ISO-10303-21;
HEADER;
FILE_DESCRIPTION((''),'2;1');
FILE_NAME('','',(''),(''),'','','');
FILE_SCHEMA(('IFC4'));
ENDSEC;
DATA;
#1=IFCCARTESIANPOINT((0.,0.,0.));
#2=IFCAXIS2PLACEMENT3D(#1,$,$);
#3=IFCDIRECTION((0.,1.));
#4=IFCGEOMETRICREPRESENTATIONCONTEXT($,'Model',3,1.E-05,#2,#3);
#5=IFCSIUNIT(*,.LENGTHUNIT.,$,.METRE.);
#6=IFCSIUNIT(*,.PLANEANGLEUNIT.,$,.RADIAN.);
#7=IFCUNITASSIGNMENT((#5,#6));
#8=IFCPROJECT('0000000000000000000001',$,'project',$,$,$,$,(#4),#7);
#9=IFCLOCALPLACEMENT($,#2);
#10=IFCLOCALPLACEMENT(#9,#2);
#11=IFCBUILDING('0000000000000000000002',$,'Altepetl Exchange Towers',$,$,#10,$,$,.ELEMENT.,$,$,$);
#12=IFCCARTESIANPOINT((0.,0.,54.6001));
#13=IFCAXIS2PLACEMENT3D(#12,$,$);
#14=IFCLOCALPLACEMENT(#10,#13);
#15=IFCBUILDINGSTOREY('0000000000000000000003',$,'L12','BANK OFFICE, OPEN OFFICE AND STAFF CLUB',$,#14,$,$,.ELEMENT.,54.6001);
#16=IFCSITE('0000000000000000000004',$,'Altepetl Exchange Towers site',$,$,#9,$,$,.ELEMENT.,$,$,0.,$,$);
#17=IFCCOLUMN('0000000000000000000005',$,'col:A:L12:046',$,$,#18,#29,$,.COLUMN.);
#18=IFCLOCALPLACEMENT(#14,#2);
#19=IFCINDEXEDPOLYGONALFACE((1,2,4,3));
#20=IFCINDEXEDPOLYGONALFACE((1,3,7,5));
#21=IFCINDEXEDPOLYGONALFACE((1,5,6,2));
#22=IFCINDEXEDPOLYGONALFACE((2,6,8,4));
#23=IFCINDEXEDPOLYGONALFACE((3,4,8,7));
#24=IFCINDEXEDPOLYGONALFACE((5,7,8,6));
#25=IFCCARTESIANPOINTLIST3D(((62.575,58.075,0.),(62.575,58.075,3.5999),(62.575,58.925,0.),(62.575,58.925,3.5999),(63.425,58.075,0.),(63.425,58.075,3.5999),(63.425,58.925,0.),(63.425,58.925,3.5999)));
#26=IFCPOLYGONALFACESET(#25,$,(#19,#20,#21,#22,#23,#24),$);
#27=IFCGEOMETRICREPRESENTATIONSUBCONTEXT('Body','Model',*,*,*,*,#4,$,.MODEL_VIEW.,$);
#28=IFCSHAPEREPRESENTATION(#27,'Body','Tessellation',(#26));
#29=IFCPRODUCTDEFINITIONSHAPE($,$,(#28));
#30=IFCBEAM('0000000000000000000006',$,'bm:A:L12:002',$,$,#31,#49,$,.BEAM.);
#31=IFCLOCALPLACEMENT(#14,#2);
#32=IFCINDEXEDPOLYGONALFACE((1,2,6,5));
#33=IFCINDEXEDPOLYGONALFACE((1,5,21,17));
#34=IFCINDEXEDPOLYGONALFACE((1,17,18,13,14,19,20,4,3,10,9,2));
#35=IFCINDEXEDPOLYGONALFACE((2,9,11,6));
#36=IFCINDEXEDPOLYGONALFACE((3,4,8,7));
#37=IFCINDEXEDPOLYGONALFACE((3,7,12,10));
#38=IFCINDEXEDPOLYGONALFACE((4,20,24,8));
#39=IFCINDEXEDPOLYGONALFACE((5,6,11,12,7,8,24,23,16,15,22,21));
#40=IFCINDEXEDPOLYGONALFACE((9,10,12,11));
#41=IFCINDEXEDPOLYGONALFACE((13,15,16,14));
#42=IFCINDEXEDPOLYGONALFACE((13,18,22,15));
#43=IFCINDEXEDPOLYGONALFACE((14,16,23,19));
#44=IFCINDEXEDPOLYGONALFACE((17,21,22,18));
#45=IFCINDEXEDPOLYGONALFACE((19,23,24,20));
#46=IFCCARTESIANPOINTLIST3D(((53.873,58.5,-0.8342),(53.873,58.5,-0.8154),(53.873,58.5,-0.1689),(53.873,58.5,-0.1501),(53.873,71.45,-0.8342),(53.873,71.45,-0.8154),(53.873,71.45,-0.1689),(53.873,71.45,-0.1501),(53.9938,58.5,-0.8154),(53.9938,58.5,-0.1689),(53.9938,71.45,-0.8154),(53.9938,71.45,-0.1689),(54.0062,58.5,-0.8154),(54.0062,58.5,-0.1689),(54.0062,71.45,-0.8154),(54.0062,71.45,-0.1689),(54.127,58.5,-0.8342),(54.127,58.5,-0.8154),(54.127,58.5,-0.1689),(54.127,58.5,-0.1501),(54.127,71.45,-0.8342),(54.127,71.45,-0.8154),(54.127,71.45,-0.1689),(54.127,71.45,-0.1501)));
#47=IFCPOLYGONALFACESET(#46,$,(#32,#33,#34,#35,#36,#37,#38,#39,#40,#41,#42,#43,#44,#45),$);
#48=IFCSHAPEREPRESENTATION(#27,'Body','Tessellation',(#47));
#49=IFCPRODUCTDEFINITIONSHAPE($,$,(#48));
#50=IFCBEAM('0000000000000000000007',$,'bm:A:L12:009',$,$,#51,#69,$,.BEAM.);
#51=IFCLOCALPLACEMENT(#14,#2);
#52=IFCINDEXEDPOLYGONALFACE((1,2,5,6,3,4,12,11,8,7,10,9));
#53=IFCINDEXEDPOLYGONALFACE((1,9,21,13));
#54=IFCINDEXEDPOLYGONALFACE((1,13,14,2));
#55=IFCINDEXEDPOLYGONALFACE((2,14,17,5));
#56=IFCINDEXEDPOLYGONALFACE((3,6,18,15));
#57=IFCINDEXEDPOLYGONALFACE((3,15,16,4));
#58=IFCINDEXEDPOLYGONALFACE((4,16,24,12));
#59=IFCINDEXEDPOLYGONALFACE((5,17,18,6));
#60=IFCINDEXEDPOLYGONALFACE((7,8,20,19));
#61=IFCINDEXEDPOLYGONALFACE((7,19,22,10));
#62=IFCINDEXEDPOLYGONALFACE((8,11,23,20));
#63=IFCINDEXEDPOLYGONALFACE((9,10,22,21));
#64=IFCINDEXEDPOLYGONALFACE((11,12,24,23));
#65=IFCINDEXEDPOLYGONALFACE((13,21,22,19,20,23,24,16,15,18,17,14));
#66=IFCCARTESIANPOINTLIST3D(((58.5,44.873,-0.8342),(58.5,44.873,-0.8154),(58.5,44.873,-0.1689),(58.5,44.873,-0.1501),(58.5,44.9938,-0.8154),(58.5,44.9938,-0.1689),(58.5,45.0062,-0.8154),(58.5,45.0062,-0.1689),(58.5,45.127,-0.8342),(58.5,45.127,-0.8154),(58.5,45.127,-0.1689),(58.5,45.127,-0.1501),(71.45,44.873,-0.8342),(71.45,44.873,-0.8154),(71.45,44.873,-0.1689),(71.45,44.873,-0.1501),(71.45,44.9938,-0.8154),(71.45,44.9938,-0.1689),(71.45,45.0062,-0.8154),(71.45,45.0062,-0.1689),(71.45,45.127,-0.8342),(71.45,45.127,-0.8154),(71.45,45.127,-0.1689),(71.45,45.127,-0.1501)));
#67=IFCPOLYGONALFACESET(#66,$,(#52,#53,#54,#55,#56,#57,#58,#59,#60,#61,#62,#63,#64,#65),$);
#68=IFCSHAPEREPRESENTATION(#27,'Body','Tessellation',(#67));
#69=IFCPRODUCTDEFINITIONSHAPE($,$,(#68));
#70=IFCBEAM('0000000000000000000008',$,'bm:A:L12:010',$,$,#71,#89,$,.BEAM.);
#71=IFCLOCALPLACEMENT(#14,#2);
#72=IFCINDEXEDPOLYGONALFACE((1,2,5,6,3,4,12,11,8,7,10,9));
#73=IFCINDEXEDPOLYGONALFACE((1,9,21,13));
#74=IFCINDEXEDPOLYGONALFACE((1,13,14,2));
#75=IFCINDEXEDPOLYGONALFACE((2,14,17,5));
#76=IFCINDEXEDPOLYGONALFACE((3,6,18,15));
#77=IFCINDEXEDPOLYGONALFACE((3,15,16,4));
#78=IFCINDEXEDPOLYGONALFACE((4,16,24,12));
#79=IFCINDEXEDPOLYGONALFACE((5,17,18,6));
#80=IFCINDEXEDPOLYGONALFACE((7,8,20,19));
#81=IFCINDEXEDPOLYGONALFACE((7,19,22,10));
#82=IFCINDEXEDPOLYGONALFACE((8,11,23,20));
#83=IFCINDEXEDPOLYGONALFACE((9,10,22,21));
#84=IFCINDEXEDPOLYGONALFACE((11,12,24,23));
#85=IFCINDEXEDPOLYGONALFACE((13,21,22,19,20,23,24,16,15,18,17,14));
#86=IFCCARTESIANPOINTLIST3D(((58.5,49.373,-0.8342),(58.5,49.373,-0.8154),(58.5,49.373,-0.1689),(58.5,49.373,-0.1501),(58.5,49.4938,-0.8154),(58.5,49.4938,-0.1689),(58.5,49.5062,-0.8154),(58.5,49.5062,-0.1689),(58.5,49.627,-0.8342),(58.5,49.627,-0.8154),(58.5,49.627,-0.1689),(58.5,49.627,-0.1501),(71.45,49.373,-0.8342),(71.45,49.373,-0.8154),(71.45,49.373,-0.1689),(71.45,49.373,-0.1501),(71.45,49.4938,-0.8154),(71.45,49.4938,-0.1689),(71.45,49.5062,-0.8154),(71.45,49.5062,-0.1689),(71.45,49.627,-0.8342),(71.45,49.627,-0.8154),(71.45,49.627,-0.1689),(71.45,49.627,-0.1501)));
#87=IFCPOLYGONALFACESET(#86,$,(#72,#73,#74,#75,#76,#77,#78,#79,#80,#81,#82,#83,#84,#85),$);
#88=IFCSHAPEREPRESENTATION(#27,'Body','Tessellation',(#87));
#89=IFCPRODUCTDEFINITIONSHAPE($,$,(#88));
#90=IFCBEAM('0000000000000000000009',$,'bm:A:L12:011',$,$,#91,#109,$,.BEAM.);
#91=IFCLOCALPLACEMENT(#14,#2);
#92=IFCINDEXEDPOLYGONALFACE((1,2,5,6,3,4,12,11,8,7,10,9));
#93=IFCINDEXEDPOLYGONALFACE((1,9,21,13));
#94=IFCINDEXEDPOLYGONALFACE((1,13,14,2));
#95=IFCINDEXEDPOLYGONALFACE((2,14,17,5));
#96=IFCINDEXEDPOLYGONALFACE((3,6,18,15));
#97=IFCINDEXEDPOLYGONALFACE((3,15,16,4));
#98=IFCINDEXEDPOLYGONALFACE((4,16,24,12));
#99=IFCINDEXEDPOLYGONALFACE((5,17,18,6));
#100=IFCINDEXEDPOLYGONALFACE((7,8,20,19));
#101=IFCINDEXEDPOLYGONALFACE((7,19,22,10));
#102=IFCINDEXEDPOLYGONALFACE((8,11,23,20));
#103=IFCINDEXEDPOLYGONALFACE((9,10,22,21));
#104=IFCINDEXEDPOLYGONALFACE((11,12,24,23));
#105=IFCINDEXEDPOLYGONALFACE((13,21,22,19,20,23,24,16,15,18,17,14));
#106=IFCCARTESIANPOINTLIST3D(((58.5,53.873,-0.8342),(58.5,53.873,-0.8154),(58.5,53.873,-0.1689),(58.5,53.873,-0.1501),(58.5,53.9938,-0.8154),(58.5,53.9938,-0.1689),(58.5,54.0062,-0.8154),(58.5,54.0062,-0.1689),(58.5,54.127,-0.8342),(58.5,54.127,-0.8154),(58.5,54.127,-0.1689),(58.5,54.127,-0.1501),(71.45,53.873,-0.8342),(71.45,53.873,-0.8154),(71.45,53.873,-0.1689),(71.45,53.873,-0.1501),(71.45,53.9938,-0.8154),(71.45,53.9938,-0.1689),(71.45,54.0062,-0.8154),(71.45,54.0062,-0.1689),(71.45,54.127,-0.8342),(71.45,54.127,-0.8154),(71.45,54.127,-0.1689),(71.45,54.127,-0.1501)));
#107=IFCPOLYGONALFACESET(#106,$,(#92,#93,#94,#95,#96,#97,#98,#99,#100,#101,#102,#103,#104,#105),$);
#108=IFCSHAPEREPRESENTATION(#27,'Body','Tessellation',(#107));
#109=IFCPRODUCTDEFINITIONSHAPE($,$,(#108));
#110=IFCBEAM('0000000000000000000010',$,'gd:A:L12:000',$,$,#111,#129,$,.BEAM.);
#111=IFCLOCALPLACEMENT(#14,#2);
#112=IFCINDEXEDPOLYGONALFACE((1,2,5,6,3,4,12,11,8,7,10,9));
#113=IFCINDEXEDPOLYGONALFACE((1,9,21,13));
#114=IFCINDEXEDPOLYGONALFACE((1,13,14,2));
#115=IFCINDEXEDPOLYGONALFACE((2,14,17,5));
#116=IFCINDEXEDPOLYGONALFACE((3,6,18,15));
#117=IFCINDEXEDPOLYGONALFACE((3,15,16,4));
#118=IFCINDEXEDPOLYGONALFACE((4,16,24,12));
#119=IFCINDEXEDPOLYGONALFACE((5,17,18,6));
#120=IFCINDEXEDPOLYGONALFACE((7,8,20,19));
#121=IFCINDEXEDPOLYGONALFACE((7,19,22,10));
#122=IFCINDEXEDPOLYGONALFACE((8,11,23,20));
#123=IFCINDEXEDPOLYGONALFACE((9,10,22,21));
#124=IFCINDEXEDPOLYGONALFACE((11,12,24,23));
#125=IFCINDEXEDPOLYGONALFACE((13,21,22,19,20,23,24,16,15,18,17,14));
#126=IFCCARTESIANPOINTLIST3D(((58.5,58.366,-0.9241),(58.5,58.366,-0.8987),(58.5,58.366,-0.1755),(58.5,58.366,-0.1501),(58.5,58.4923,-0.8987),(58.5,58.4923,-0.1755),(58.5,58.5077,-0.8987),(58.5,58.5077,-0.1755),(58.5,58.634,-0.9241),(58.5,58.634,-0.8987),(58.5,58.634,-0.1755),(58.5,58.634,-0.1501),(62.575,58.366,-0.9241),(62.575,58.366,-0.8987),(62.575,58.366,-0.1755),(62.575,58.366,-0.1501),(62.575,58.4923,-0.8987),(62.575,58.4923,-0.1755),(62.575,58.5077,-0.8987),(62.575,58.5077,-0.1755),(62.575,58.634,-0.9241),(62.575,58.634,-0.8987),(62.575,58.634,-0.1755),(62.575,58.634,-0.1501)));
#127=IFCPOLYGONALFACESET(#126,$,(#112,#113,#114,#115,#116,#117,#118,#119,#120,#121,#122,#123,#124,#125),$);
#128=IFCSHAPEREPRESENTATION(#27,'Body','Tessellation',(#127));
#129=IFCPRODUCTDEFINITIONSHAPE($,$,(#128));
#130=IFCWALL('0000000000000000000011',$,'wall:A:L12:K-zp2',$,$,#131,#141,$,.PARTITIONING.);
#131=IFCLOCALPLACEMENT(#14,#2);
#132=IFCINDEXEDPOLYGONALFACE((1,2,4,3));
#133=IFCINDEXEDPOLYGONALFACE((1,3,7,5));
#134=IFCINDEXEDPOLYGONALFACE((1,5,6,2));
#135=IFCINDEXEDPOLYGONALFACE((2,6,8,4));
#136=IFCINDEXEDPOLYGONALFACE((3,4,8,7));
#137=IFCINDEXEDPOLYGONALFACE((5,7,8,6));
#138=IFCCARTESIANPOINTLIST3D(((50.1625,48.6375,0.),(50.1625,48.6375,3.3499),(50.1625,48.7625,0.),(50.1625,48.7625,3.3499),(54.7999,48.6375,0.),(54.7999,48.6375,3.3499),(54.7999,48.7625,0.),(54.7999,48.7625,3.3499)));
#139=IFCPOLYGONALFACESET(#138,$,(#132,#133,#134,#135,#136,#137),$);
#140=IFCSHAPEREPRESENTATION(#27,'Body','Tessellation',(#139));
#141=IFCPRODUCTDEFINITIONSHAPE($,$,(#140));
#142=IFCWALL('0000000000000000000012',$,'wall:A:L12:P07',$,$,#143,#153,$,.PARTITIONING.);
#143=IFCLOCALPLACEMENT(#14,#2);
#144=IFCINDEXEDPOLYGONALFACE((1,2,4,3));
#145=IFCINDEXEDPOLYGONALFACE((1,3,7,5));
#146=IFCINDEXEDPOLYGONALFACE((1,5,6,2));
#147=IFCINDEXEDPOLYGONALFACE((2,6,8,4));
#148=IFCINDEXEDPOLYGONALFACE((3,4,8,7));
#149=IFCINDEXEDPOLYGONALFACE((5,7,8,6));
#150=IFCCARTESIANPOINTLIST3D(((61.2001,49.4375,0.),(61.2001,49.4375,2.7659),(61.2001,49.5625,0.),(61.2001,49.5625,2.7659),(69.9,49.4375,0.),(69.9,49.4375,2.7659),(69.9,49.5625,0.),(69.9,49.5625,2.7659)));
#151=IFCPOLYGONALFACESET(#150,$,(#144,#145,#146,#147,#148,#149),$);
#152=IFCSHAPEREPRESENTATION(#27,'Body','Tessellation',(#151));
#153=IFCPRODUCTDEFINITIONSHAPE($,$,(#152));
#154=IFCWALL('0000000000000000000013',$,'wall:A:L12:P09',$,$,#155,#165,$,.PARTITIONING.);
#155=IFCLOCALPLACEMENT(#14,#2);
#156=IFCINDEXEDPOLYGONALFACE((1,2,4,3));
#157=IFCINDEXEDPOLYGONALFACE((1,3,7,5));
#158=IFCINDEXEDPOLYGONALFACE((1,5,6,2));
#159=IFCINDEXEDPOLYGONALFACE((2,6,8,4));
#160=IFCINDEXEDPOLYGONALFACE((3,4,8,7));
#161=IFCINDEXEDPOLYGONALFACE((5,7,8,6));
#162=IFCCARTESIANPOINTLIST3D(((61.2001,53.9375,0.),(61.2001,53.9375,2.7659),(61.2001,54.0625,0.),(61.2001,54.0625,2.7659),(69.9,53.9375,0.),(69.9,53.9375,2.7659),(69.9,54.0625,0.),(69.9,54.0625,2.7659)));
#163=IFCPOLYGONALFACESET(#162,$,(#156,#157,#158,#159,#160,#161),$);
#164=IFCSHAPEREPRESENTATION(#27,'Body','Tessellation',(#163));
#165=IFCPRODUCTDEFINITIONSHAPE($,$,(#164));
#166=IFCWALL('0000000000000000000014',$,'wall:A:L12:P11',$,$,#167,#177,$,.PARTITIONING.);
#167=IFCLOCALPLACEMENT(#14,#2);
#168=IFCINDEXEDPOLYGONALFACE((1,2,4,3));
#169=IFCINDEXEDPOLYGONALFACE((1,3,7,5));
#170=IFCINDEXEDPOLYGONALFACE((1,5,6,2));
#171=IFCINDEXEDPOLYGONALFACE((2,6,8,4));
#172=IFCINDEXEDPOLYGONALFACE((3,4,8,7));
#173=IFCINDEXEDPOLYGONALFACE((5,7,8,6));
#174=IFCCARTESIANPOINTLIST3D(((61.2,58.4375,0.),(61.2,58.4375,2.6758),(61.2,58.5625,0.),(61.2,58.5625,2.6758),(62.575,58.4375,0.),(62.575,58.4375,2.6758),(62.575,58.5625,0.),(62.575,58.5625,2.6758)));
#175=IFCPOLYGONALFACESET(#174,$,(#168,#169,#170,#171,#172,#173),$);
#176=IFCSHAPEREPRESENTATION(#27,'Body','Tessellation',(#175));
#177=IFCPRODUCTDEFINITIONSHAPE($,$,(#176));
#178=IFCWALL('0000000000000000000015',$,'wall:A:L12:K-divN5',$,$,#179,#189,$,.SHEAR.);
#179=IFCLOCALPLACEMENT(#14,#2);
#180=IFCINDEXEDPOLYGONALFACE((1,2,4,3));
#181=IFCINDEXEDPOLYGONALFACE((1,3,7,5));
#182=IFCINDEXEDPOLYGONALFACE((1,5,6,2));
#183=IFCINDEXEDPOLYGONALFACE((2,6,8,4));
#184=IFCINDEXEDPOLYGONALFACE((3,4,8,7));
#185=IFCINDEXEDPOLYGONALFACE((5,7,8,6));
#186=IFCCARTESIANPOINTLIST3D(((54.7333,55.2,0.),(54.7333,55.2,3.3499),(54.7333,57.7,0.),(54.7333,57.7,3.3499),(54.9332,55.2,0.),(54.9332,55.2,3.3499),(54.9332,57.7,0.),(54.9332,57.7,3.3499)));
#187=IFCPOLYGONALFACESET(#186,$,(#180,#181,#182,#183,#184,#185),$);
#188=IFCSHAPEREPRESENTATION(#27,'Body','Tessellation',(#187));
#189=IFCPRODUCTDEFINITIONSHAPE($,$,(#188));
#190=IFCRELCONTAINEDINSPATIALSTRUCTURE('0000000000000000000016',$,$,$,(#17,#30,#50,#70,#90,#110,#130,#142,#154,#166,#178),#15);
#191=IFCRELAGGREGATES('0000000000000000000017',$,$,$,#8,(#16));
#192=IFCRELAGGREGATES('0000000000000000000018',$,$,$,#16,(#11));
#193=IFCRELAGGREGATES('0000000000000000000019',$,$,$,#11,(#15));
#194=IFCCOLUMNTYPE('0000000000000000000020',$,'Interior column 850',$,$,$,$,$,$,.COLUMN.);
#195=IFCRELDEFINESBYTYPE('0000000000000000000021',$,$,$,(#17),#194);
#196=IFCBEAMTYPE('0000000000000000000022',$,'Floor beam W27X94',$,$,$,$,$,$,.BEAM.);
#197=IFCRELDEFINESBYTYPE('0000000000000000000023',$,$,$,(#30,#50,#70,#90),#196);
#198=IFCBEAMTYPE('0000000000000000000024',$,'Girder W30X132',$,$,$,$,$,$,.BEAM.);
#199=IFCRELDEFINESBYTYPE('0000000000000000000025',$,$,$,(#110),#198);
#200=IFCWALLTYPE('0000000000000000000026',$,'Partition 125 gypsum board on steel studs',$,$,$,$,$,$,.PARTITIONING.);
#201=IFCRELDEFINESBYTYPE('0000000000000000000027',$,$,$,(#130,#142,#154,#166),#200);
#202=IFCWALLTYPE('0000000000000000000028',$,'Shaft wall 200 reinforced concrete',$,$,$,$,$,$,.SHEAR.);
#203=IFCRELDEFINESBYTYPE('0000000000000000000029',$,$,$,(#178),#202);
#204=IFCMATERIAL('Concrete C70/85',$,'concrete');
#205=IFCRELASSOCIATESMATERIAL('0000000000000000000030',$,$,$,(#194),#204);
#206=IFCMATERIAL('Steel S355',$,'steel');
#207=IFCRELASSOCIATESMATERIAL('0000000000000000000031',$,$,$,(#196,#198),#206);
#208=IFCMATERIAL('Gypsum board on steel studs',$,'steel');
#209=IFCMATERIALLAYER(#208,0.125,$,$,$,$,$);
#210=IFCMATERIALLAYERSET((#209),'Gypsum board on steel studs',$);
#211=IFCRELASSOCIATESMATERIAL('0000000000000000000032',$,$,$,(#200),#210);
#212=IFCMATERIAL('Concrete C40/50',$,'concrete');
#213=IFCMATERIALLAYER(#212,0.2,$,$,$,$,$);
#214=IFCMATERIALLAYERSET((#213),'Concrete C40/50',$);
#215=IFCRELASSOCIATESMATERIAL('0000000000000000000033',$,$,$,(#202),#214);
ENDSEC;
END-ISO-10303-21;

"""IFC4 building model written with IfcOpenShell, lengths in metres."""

from ifc_helpers import new_model, si_unit, direction, frame, frame_2d, origin, origin_2d, place, context, subcontext, project, spatial, rectangle, i_section, extrude, material, layer, layer_set, material_profile, profile_set, type_object, element, save


model = new_model("IFC4")

# Units and contexts
model_context = context("Model", 3, precision=1e-05, world=origin(), true_north=direction((0.0, 1.0)))
body_context = subcontext(model_context, "Body", "Model", "MODEL_VIEW")
ifc_project = project(units=[si_unit("LENGTHUNIT", "METRE"), si_unit("PLANEANGLEUNIT", "RADIAN")], contexts=[model_context])

# Site, building, storey
site_placement = place(None, origin())
site = spatial("IfcSite", under=ifc_project, at=site_placement, Name="Altepetl Exchange Towers site", CompositionType="ELEMENT", RefElevation=0.0)
building_placement = place(site_placement, origin())
building = spatial("IfcBuilding", under=site, at=building_placement, Name="Altepetl Exchange Towers", CompositionType="ELEMENT")
storey_placement = place(building_placement, frame((0.0, 0.0, 54.6001)))
storey = spatial("IfcBuildingStorey", under=building, at=storey_placement, Name="L12", Description="BANK OFFICE, OPEN OFFICE AND STAFF CLUB", CompositionType="ELEMENT", Elevation=54.6001)

# Column
ifc_material_1 = material(Name="Concrete C70/85", Category="concrete")
ifc_material_profile_1 = material_profile(ifc_material_1, rectangle(XDim=0.8501, YDim=0.8501, at=origin_2d()), Name="850 x 850")
ifc_profile_set_1 = profile_set([ifc_material_profile_1], Name="Concrete C70/85")
column_type = type_object("IfcColumnType", Name="Interior column 850", PredefinedType="COLUMN", material=ifc_profile_set_1)
column_placement = place(storey_placement, frame((63.0, 58.5, 0.0)))
element("IfcColumn", 1, at=column_placement, inside=storey, type_object=column_type, Name="col:A:L12:046", PredefinedType="COLUMN", context=body_context, shape_type="SweptSolid", body=[
    extrude(rectangle(XDim=0.8501, YDim=0.8501, at=origin_2d()), origin(), (0.0, 0.0, 1.0), 3.5999),
])

# Beams
ifc_material_2 = material(Name="Steel S355", Category="steel")
ifc_material_profile_2 = material_profile(ifc_material_2, i_section(OverallWidth=0.2539, OverallDepth=0.6841, WebThickness=0.0125, FlangeThickness=0.0188, at=origin_2d()), Name="W27X94")
ifc_profile_set_2 = profile_set([ifc_material_profile_2], Name="Steel S355")
beam_type_1 = type_object("IfcBeamType", Name="Floor beam W27X94", PredefinedType="BEAM", material=ifc_profile_set_2)
for number, where, z_axis, x_axis, name in (
    (2, (54.0, 58.5, -0.4922), (0.0, 1.0, 0.0), (-1.0, 0.0, 0.0), "bm:A:L12:002"),
    (3, (58.5, 45.0, -0.4922), (1.0, 0.0, 0.0), (0.0, 1.0, 0.0), "bm:A:L12:009"),
    (4, (58.5, 49.5, -0.4922), (1.0, 0.0, 0.0), (0.0, 1.0, 0.0), "bm:A:L12:010"),
    (5, (58.5, 54.0, -0.4922), (1.0, 0.0, 0.0), (0.0, 1.0, 0.0), "bm:A:L12:011"),
):
    element("IfcBeam", number, at=place(storey_placement, frame(where, z_axis=z_axis, x_axis=x_axis)), inside=storey, type_object=beam_type_1, Name=name, PredefinedType="BEAM", context=body_context, shape_type="SweptSolid", body=[
        extrude(i_section(OverallWidth=0.2539, OverallDepth=0.6841, WebThickness=0.0125, FlangeThickness=0.0188, at=origin_2d()), origin(), (0.0, 0.0, 1.0), 12.95),
    ])
ifc_material_profile_3 = material_profile(ifc_material_2, i_section(OverallWidth=0.2681, OverallDepth=0.7739, WebThickness=0.0154, FlangeThickness=0.0254, at=origin_2d()), Name="W30X132")
ifc_profile_set_3 = profile_set([ifc_material_profile_3], Name="Steel S355")
beam_type_2 = type_object("IfcBeamType", Name="Girder W30X132", PredefinedType="BEAM", material=ifc_profile_set_3)
beam_placement = place(storey_placement, frame((58.5, 58.5, -0.5371), z_axis=(1.0, 0.0, 0.0), x_axis=(0.0, 1.0, 0.0)))
element("IfcBeam", 6, at=beam_placement, inside=storey, type_object=beam_type_2, Name="gd:A:L12:000", PredefinedType="BEAM", context=body_context, shape_type="SweptSolid", body=[
    extrude(i_section(OverallWidth=0.2681, OverallDepth=0.7739, WebThickness=0.0154, FlangeThickness=0.0254, at=origin_2d()), origin(), (0.0, 0.0, 1.0), 4.075),
])

# Walls
ifc_material_3 = material(Name="Gypsum board on steel studs", Category="steel")
ifc_layer_1 = layer(ifc_material_3, 0.125)
ifc_layer_set_1 = layer_set([ifc_layer_1], Name="Gypsum board on steel studs")
wall_type_1 = type_object("IfcWallType", Name="Partition 125 gypsum board on steel studs", PredefinedType="PARTITIONING", material=ifc_layer_set_1)
wall_1_placement = place(storey_placement, frame((54.8, 48.7, 0.0), z_axis=(0.0, 0.0, 1.0), x_axis=(-1.0, 0.0, 0.0)))
element("IfcWall", 7, at=wall_1_placement, inside=storey, type_object=wall_type_1, Name="wall:A:L12:K-zp2", PredefinedType="PARTITIONING", context=body_context, shape_type="SweptSolid", body=[
    extrude(rectangle(XDim=4.6375, YDim=0.125, at=frame_2d((2.3188, 0.0))), origin(), (0.0, 0.0, 1.0), 3.3499),
])
for number, where, name in (
    (8, (61.2, 49.5, 0.0), "wall:A:L12:P07"),
    (9, (61.2, 54.0, 0.0), "wall:A:L12:P09"),
):
    element("IfcWall", number, at=place(storey_placement, frame(where)), inside=storey, type_object=wall_type_1, Name=name, PredefinedType="PARTITIONING", context=body_context, shape_type="SweptSolid", body=[
        extrude(rectangle(XDim=8.7, YDim=0.125, at=frame_2d((4.3501, 0.0))), origin(), (0.0, 0.0, 1.0), 2.7659),
    ])
wall_2_placement = place(storey_placement, frame((61.2, 58.5, 0.0)))
element("IfcWall", 10, at=wall_2_placement, inside=storey, type_object=wall_type_1, Name="wall:A:L12:P11", PredefinedType="PARTITIONING", context=body_context, shape_type="SweptSolid", body=[
    extrude(rectangle(XDim=1.375, YDim=0.125, at=frame_2d((0.6875, 0.0))), origin(), (0.0, 0.0, 1.0), 2.6758),
])
ifc_material_4 = material(Name="Concrete C40/50", Category="concrete")
ifc_layer_2 = layer(ifc_material_4, 0.2)
ifc_layer_set_2 = layer_set([ifc_layer_2], Name="Concrete C40/50")
wall_type_2 = type_object("IfcWallType", Name="Shaft wall 200 reinforced concrete", PredefinedType="SHEAR", material=ifc_layer_set_2)
wall_3_placement = place(storey_placement, frame((54.8333, 57.7, 0.0), z_axis=(0.0, 0.0, 1.0), x_axis=(0.0, -1.0, 0.0)))
element("IfcWall", 11, at=wall_3_placement, inside=storey, type_object=wall_type_2, Name="wall:A:L12:K-divN5", PredefinedType="SHEAR", context=body_context, shape_type="SweptSolid", body=[
    extrude(rectangle(XDim=2.5, YDim=0.2, at=frame_2d((1.25, 0.0))), origin(), (0.0, 0.0, 1.0), 3.3499),
])

save(model, "model.ifc")
